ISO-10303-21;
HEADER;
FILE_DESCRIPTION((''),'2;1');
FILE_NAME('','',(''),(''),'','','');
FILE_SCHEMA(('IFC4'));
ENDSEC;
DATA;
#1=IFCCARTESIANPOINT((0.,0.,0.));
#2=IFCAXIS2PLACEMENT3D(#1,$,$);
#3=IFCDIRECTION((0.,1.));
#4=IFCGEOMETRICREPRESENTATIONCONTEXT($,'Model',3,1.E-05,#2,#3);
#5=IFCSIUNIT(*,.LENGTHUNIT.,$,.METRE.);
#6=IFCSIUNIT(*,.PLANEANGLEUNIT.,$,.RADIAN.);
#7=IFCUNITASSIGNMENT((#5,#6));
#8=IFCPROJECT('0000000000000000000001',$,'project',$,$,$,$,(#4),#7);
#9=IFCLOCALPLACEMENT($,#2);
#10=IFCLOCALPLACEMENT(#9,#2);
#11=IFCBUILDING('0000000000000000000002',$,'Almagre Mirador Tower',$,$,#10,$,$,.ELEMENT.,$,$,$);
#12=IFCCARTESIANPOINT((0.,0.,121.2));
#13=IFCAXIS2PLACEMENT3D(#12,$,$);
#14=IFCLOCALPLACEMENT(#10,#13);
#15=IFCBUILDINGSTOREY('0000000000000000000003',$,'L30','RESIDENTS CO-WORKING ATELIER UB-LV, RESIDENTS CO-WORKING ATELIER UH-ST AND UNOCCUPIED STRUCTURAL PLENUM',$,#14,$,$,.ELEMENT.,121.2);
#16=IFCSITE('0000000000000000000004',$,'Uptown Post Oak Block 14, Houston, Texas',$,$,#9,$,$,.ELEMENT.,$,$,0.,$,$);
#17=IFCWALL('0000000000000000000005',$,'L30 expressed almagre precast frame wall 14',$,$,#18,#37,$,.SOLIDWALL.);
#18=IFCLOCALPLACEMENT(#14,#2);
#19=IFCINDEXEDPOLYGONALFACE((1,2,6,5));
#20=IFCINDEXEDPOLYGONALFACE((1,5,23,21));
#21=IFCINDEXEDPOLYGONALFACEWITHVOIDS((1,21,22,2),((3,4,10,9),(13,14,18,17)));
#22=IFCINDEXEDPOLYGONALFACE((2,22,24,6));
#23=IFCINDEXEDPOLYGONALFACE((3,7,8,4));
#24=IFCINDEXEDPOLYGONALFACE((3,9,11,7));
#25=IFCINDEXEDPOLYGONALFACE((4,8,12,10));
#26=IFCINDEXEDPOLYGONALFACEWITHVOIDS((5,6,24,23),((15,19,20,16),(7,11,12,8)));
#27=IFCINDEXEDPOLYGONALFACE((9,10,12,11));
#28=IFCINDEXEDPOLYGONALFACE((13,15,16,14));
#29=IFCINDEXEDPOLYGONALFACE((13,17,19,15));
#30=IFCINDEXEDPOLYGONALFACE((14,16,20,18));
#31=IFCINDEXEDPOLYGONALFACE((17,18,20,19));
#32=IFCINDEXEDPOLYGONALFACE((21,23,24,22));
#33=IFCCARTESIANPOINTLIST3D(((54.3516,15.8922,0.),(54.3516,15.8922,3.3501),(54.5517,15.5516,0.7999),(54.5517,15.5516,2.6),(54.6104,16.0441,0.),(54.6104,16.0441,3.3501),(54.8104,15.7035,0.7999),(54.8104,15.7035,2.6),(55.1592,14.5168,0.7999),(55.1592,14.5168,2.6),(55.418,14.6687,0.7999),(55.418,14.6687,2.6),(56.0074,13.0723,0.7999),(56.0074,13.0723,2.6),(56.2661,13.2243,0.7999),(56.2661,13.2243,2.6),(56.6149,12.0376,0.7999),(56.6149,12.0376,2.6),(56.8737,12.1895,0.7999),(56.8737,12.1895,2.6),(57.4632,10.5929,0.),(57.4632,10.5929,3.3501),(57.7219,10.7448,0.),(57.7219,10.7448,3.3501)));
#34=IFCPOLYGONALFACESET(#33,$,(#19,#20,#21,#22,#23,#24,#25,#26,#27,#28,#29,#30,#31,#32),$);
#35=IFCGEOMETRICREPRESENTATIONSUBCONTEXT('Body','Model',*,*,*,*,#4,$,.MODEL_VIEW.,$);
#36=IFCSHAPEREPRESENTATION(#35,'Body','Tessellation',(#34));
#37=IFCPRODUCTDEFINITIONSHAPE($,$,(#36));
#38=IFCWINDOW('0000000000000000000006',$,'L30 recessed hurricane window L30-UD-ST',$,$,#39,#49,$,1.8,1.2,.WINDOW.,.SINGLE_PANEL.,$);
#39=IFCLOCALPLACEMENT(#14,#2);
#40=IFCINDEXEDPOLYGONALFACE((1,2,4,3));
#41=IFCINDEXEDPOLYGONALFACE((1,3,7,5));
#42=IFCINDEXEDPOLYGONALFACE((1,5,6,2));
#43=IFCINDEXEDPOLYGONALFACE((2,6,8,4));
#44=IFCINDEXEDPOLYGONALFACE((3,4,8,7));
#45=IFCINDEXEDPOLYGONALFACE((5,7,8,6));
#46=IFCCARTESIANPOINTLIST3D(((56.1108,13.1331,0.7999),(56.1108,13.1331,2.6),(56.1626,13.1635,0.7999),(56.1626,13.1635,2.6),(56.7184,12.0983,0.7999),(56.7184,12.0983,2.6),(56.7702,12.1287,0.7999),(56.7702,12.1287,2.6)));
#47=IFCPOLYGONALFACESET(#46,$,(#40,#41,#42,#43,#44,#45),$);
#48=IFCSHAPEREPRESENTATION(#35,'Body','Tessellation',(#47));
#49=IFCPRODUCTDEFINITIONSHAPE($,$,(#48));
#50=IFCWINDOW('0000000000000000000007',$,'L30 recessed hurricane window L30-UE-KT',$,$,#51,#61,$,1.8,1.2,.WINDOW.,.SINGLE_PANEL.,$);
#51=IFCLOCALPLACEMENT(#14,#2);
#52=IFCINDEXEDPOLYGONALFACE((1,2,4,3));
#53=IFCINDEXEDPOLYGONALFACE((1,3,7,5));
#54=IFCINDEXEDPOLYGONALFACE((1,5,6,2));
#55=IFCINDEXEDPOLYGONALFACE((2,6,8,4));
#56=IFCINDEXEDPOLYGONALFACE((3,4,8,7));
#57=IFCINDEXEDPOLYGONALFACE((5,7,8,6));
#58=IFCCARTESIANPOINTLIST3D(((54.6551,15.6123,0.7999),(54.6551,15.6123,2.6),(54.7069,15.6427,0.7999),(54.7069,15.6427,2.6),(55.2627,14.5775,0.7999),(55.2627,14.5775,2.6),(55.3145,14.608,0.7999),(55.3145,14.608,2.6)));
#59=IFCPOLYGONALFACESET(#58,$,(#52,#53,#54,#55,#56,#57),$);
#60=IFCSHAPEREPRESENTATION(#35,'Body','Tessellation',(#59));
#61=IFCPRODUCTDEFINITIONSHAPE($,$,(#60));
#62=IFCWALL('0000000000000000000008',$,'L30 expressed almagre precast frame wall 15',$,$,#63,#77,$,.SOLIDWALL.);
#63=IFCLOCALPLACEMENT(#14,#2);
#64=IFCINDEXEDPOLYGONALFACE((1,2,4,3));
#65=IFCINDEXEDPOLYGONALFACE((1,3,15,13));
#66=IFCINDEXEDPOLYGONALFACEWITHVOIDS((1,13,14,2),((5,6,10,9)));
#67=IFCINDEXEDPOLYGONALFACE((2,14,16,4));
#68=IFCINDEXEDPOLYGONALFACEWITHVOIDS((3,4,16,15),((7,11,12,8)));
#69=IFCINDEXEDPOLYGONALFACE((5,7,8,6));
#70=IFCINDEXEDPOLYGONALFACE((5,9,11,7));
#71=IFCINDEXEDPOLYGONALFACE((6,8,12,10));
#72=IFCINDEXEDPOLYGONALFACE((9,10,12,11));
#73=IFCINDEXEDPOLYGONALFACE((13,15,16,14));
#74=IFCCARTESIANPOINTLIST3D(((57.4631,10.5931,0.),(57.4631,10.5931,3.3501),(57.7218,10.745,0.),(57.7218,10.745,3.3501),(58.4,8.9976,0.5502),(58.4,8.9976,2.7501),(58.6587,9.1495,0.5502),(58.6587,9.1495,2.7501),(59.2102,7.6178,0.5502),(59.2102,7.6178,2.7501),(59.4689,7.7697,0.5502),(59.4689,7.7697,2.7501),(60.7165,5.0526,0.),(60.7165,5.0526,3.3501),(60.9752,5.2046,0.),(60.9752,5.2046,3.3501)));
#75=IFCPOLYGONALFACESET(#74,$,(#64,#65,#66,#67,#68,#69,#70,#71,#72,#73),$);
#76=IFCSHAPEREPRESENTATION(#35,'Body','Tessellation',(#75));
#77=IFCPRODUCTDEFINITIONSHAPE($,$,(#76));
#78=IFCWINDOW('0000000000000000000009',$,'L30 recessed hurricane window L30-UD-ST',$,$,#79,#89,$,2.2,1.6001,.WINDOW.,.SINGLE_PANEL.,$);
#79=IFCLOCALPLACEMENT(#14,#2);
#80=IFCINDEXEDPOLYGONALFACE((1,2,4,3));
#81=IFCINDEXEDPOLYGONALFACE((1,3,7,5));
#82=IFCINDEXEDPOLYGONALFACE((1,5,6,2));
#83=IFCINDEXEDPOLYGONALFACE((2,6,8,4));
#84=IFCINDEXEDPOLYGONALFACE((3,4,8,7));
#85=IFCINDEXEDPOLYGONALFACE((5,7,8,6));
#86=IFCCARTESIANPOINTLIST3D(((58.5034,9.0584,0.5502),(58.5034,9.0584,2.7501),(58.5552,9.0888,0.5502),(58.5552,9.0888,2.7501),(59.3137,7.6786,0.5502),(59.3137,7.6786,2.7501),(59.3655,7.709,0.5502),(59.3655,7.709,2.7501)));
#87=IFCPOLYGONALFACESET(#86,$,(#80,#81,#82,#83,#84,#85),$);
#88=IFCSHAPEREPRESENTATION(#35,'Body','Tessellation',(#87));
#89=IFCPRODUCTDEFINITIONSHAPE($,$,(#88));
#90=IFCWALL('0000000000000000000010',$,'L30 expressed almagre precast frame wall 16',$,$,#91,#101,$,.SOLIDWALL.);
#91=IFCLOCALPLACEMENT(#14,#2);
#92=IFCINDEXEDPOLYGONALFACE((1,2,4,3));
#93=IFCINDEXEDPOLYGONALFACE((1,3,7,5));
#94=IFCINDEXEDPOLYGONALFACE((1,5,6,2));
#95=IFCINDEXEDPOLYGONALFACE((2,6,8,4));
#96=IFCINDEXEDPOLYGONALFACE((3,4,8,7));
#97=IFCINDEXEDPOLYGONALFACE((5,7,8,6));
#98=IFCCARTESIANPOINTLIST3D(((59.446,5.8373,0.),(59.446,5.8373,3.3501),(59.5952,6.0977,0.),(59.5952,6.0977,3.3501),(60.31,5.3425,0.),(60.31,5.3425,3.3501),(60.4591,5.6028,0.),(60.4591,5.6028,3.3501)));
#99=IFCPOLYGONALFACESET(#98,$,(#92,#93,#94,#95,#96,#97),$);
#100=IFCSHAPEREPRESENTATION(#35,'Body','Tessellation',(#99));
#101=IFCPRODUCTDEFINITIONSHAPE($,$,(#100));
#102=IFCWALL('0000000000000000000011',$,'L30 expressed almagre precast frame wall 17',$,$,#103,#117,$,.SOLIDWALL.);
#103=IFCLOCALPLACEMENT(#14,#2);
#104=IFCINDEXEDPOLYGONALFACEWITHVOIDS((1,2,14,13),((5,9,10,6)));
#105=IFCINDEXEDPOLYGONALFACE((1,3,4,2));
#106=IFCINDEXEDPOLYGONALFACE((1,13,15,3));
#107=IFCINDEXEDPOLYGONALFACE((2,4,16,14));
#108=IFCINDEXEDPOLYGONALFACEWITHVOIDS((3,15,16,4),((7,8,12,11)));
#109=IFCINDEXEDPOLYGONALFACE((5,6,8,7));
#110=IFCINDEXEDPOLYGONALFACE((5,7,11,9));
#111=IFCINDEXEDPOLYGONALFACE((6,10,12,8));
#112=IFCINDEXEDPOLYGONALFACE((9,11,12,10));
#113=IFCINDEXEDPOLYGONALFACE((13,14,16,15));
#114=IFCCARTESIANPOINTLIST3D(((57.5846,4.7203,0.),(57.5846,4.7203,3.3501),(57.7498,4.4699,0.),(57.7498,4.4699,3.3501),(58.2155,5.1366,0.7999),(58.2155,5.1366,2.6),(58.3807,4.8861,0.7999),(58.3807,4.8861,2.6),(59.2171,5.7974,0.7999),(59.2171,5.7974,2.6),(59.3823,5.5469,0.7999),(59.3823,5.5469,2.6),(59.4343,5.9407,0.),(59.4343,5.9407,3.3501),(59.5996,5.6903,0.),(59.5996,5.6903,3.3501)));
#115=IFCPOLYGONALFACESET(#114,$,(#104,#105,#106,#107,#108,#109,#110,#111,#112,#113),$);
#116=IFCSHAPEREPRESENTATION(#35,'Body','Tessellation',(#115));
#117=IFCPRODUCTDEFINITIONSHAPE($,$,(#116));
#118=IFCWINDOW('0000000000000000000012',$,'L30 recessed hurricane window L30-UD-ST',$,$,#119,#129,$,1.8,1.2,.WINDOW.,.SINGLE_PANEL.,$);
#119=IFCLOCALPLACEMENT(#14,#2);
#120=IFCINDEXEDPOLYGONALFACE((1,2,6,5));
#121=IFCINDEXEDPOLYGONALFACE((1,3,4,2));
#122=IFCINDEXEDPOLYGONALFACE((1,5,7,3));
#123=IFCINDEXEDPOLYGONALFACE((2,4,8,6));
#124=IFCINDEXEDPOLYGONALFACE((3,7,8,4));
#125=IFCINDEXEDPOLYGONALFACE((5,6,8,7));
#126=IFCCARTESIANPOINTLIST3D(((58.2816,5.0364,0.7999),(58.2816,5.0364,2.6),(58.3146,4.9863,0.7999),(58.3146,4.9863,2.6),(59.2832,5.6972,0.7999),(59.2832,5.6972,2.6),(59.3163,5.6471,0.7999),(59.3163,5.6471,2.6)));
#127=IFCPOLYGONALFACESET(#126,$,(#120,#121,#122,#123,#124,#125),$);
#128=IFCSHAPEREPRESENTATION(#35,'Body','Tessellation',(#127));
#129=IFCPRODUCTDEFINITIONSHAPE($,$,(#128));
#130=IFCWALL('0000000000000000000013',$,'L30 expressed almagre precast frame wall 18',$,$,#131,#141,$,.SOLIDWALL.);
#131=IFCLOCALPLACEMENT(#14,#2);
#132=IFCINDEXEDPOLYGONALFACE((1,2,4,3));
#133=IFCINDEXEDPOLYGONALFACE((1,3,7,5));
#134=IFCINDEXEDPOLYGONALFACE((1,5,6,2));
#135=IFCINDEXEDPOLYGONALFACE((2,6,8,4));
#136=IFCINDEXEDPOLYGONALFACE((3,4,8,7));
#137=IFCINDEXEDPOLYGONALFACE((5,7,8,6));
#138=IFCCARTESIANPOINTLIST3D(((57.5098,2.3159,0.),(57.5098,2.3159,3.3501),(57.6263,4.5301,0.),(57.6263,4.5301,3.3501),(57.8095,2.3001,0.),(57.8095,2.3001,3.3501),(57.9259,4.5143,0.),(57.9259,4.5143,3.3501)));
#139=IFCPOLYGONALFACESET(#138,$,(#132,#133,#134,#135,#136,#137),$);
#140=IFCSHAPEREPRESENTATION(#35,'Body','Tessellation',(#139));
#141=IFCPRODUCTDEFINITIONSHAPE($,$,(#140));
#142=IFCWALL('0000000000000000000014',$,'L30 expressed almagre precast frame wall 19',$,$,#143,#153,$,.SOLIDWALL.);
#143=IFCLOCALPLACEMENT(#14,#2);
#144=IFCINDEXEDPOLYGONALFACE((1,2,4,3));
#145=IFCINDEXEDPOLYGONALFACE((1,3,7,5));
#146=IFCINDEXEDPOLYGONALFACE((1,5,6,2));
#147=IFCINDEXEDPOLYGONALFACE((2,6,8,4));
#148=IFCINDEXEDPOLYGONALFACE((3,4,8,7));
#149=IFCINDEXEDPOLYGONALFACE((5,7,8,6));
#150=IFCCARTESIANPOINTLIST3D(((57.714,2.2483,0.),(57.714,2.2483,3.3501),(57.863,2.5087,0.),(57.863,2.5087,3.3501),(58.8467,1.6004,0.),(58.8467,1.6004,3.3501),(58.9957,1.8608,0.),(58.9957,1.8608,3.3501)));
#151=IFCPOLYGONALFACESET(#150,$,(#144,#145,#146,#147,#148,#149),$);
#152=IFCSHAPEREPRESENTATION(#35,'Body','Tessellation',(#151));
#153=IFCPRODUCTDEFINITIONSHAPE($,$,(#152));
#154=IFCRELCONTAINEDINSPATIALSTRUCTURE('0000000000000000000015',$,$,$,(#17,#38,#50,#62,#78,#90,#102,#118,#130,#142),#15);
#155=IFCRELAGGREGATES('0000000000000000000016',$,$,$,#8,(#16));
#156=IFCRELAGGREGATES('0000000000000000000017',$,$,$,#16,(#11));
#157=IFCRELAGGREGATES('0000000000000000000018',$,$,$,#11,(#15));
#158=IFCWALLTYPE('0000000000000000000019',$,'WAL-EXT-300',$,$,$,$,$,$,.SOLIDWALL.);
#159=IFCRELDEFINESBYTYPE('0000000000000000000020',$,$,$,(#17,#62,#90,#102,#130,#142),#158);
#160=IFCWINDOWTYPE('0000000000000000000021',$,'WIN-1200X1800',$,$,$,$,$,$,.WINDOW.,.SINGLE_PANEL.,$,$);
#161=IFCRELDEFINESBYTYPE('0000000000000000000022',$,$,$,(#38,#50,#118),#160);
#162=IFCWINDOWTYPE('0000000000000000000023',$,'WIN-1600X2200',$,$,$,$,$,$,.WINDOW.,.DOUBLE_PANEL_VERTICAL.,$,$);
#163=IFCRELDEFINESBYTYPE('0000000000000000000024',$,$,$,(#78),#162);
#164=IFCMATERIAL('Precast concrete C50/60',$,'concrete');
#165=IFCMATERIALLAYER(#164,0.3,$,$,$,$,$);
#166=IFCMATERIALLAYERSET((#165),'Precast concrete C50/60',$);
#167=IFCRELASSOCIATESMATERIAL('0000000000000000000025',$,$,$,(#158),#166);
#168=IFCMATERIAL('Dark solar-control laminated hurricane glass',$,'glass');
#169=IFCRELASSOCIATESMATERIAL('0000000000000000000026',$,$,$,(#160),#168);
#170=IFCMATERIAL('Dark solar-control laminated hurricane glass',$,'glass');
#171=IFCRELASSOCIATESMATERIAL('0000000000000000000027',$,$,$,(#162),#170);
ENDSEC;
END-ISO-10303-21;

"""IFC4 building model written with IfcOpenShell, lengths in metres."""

from ifc_helpers import new_model, si_unit, direction, frame, frame_2d, origin, place, context, subcontext, project, spatial, rectangle, extrude, material, layer, layer_set, type_object, element, fill, save


model = new_model("IFC4")

# Units and contexts
model_context = context("Model", 3, precision=1e-05, world=origin(), true_north=direction((0.0, 1.0)))
body_context = subcontext(model_context, "Body", "Model", "MODEL_VIEW")
ifc_project = project(units=[si_unit("LENGTHUNIT", "METRE"), si_unit("PLANEANGLEUNIT", "RADIAN")], contexts=[model_context])

# Site, building, storey
site_placement = place(None, origin())
site = spatial("IfcSite", under=ifc_project, at=site_placement, Name="Uptown Post Oak Block 14, Houston, Texas", CompositionType="ELEMENT", RefElevation=0.0)
building_placement = place(site_placement, origin())
building = spatial("IfcBuilding", under=site, at=building_placement, Name="Almagre Mirador Tower", CompositionType="ELEMENT")
storey_placement = place(building_placement, frame((0.0, 0.0, 121.2)))
storey = spatial("IfcBuildingStorey", under=building, at=storey_placement, Name="L30", Description="RESIDENTS CO-WORKING ATELIER UB-LV, RESIDENTS CO-WORKING ATELIER UH-ST AND UNOCCUPIED STRUCTURAL PLENUM", CompositionType="ELEMENT", Elevation=121.2)

# Shared definitions
ifc_material_1 = material(Name="Precast concrete C50/60", Category="concrete")
ifc_layer_1 = layer(ifc_material_1, 0.3)
ifc_layer_set_1 = layer_set([ifc_layer_1], Name="Precast concrete C50/60")
wall_type_1 = type_object("IfcWallType", Name="WAL-EXT-300", PredefinedType="SOLIDWALL", material=ifc_layer_set_1)

# Wall, openings, windows
wall_1_placement = place(storey_placement, frame((54.481, 15.9683, 0.0), z_axis=(0.0, 0.0, 1.0), x_axis=(0.506334, -0.862337, 0.0)))
wall_1 = element("IfcWall", 1, at=wall_1_placement, inside=storey, type_object=wall_type_1, Name="L30 expressed almagre precast frame wall 14", PredefinedType="SOLIDWALL", context=body_context, shape_type="SweptSolid", body=[
    extrude(rectangle(XDim=6.1453, YDim=0.3, at=frame_2d((3.0728, 0.0))), origin(), (0.0, 0.0, 1.0), 3.3501),
])
opening_1_placement = place(wall_1_placement, frame((3.27, 0.0, 0.8)))
opening_1 = element("IfcOpeningElement", 2, at=opening_1_placement, cuts=wall_1, PredefinedType="OPENING", context=body_context, shape_type="SweptSolid", body=[
    extrude(rectangle(XDim=1.2, YDim=1.8, at=frame_2d((0.6001, 0.8999))), frame((0.0, 0.1599, 0.0), z_axis=(0.0, -1.0, 0.0), x_axis=(1.0, 0.0, 0.0)), (0.0, 0.0, 1.0), 0.32),
])
opening_2_placement = place(wall_1_placement, frame((0.395, 0.0, 0.8)))
opening_2 = element("IfcOpeningElement", 3, at=opening_2_placement, cuts=wall_1, PredefinedType="OPENING", context=body_context, shape_type="SweptSolid", body=[
    extrude(rectangle(XDim=1.2, YDim=1.8, at=frame_2d((0.6001, 0.8999))), frame((0.0, 0.1599, 0.0), z_axis=(0.0, -1.0, 0.0), x_axis=(1.0, 0.0, 0.0)), (0.0, 0.0, 1.0), 0.32),
])
ifc_material_2 = material(Name="Dark solar-control laminated hurricane glass", Category="glass")
window_type_1 = type_object("IfcWindowType", Name="WIN-1200X1800", PartitioningType="SINGLE_PANEL", PredefinedType="WINDOW", material=ifc_material_2)
window_1_placement = place(opening_1_placement, origin())
window_1 = element("IfcWindow", 4, at=window_1_placement, inside=storey, type_object=window_type_1, Name="L30 recessed hurricane window L30-UD-ST", OverallHeight=1.8, OverallWidth=1.2, PartitioningType="SINGLE_PANEL", PredefinedType="WINDOW", context=body_context, shape_type="SweptSolid", body=[
    extrude(rectangle(XDim=1.2, YDim=1.8, at=frame_2d((0.6001, 0.8999))), frame((0.0, 0.03, 0.0), z_axis=(0.0, -1.0, 0.0), x_axis=(1.0, 0.0, 0.0)), (0.0, 0.0, 1.0), 0.0601),
])
fill(opening_1, window_1)
window_2_placement = place(opening_2_placement, origin())
window_2 = element("IfcWindow", 5, at=window_2_placement, inside=storey, type_object=window_type_1, Name="L30 recessed hurricane window L30-UE-KT", OverallHeight=1.8, OverallWidth=1.2, PartitioningType="SINGLE_PANEL", PredefinedType="WINDOW", context=body_context, shape_type="SweptSolid", body=[
    extrude(rectangle(XDim=1.2, YDim=1.8, at=frame_2d((0.6001, 0.8999))), frame((0.0, 0.03, 0.0), z_axis=(0.0, -1.0, 0.0), x_axis=(1.0, 0.0, 0.0)), (0.0, 0.0, 1.0), 0.0601),
])
fill(opening_2, window_2)

# Wall, opening, window
wall_2_placement = place(storey_placement, frame((57.5925, 10.6689, 0.0), z_axis=(0.0, 0.0, 1.0), x_axis=(0.506359, -0.862323, 0.0)))
wall_2 = element("IfcWall", 6, at=wall_2_placement, inside=storey, type_object=wall_type_1, Name="L30 expressed almagre precast frame wall 15", PredefinedType="SOLIDWALL", context=body_context, shape_type="SweptSolid", body=[
    extrude(rectangle(XDim=6.425, YDim=0.3, at=frame_2d((3.2124, 0.0))), origin(), (0.0, 0.0, 1.0), 3.3501),
])
opening_3_placement = place(wall_2_placement, frame((1.8501, 0.0, 0.55)))
opening_3 = element("IfcOpeningElement", 7, at=opening_3_placement, cuts=wall_2, PredefinedType="OPENING", context=body_context, shape_type="SweptSolid", body=[
    extrude(rectangle(XDim=1.6001, YDim=2.2, at=frame_2d((0.8, 1.1001))), frame((0.0, 0.1599, 0.0), z_axis=(0.0, -1.0, 0.0), x_axis=(1.0, 0.0, 0.0)), (0.0, 0.0, 1.0), 0.32),
])
ifc_material_3 = material(Name="Dark solar-control laminated hurricane glass", Category="glass")
window_type_2 = type_object("IfcWindowType", Name="WIN-1600X2200", PartitioningType="DOUBLE_PANEL_VERTICAL", PredefinedType="WINDOW", material=ifc_material_3)
window_3_placement = place(opening_3_placement, origin())
window_3 = element("IfcWindow", 8, at=window_3_placement, inside=storey, type_object=window_type_2, Name="L30 recessed hurricane window L30-UD-ST", OverallHeight=2.2, OverallWidth=1.6001, PartitioningType="SINGLE_PANEL", PredefinedType="WINDOW", context=body_context, shape_type="SweptSolid", body=[
    extrude(rectangle(XDim=1.6001, YDim=2.2, at=frame_2d((0.8, 1.1001))), frame((0.0, 0.03, 0.0), z_axis=(0.0, -1.0, 0.0), x_axis=(1.0, 0.0, 0.0)), (0.0, 0.0, 1.0), 0.0601),
])
fill(opening_3, window_3)

# Wall
wall_3_placement = place(storey_placement, frame((60.3845, 5.4727, 0.0), z_axis=(0.0, 0.0, 1.0), x_axis=(-0.867745, 0.49701, 0.0)))
element("IfcWall", 9, at=wall_3_placement, inside=storey, type_object=wall_type_1, Name="L30 expressed almagre precast frame wall 16", PredefinedType="SOLIDWALL", context=body_context, shape_type="SweptSolid", body=[
    extrude(rectangle(XDim=0.9956, YDim=0.3, at=frame_2d((0.4978, 0.0))), origin(), (0.0, 0.0, 1.0), 3.3501),
])

# Wall, opening, window
wall_4_placement = place(storey_placement, frame((59.5168, 5.8154, 0.0), z_axis=(0.0, 0.0, 1.0), x_axis=(-0.834702, -0.550703, 0.0)))
wall_4 = element("IfcWall", 10, at=wall_4_placement, inside=storey, type_object=wall_type_1, Name="L30 expressed almagre precast frame wall 17", PredefinedType="SOLIDWALL", context=body_context, shape_type="SweptSolid", body=[
    extrude(rectangle(XDim=2.2161, YDim=0.3, at=frame_2d((1.1079, 0.0))), origin(), (0.0, 0.0, 1.0), 3.3501),
])
opening_4_placement = place(wall_4_placement, frame((0.26, 0.0, 0.8)))
opening_4 = element("IfcOpeningElement", 11, at=opening_4_placement, cuts=wall_4, PredefinedType="OPENING", context=body_context, shape_type="SweptSolid", body=[
    extrude(rectangle(XDim=1.2, YDim=1.8, at=frame_2d((0.6001, 0.8999))), frame((0.0, 0.1599, 0.0), z_axis=(0.0, -1.0, 0.0), x_axis=(1.0, 0.0, 0.0)), (0.0, 0.0, 1.0), 0.32),
])
window_4_placement = place(opening_4_placement, origin())
window_4 = element("IfcWindow", 12, at=window_4_placement, inside=storey, type_object=window_type_1, Name="L30 recessed hurricane window L30-UD-ST", OverallHeight=1.8, OverallWidth=1.2, PartitioningType="SINGLE_PANEL", PredefinedType="WINDOW", context=body_context, shape_type="SweptSolid", body=[
    extrude(rectangle(XDim=1.2, YDim=1.8, at=frame_2d((0.6001, 0.8999))), frame((0.0, 0.03, 0.0), z_axis=(0.0, -1.0, 0.0), x_axis=(1.0, 0.0, 0.0)), (0.0, 0.0, 1.0), 0.0601),
])
fill(opening_4, window_4)

# Walls
wall_5_placement = place(storey_placement, frame((57.7761, 4.5222, 0.0), z_axis=(0.0, 0.0, 1.0), x_axis=(-0.052524, -0.99862, 0.0)))
element("IfcWall", 13, at=wall_5_placement, inside=storey, type_object=wall_type_1, Name="L30 expressed almagre precast frame wall 18", PredefinedType="SOLIDWALL", context=body_context, shape_type="SweptSolid", body=[
    extrude(rectangle(XDim=2.2173, YDim=0.3, at=frame_2d((1.1086, 0.0))), origin(), (0.0, 0.0, 1.0), 3.3501),
])
wall_6_placement = place(storey_placement, frame((57.7886, 2.3784, 0.0), z_axis=(0.0, 0.0, 1.0), x_axis=(0.868036, -0.496502, 0.0)))
element("IfcWall", 14, at=wall_6_placement, inside=storey, type_object=wall_type_1, Name="L30 expressed almagre precast frame wall 19", PredefinedType="SOLIDWALL", context=body_context, shape_type="SweptSolid", body=[
    extrude(rectangle(XDim=1.3049, YDim=0.3, at=frame_2d((0.6523, 0.0))), origin(), (0.0, 0.0, 1.0), 3.3501),
])

save(model, "model.ifc")
